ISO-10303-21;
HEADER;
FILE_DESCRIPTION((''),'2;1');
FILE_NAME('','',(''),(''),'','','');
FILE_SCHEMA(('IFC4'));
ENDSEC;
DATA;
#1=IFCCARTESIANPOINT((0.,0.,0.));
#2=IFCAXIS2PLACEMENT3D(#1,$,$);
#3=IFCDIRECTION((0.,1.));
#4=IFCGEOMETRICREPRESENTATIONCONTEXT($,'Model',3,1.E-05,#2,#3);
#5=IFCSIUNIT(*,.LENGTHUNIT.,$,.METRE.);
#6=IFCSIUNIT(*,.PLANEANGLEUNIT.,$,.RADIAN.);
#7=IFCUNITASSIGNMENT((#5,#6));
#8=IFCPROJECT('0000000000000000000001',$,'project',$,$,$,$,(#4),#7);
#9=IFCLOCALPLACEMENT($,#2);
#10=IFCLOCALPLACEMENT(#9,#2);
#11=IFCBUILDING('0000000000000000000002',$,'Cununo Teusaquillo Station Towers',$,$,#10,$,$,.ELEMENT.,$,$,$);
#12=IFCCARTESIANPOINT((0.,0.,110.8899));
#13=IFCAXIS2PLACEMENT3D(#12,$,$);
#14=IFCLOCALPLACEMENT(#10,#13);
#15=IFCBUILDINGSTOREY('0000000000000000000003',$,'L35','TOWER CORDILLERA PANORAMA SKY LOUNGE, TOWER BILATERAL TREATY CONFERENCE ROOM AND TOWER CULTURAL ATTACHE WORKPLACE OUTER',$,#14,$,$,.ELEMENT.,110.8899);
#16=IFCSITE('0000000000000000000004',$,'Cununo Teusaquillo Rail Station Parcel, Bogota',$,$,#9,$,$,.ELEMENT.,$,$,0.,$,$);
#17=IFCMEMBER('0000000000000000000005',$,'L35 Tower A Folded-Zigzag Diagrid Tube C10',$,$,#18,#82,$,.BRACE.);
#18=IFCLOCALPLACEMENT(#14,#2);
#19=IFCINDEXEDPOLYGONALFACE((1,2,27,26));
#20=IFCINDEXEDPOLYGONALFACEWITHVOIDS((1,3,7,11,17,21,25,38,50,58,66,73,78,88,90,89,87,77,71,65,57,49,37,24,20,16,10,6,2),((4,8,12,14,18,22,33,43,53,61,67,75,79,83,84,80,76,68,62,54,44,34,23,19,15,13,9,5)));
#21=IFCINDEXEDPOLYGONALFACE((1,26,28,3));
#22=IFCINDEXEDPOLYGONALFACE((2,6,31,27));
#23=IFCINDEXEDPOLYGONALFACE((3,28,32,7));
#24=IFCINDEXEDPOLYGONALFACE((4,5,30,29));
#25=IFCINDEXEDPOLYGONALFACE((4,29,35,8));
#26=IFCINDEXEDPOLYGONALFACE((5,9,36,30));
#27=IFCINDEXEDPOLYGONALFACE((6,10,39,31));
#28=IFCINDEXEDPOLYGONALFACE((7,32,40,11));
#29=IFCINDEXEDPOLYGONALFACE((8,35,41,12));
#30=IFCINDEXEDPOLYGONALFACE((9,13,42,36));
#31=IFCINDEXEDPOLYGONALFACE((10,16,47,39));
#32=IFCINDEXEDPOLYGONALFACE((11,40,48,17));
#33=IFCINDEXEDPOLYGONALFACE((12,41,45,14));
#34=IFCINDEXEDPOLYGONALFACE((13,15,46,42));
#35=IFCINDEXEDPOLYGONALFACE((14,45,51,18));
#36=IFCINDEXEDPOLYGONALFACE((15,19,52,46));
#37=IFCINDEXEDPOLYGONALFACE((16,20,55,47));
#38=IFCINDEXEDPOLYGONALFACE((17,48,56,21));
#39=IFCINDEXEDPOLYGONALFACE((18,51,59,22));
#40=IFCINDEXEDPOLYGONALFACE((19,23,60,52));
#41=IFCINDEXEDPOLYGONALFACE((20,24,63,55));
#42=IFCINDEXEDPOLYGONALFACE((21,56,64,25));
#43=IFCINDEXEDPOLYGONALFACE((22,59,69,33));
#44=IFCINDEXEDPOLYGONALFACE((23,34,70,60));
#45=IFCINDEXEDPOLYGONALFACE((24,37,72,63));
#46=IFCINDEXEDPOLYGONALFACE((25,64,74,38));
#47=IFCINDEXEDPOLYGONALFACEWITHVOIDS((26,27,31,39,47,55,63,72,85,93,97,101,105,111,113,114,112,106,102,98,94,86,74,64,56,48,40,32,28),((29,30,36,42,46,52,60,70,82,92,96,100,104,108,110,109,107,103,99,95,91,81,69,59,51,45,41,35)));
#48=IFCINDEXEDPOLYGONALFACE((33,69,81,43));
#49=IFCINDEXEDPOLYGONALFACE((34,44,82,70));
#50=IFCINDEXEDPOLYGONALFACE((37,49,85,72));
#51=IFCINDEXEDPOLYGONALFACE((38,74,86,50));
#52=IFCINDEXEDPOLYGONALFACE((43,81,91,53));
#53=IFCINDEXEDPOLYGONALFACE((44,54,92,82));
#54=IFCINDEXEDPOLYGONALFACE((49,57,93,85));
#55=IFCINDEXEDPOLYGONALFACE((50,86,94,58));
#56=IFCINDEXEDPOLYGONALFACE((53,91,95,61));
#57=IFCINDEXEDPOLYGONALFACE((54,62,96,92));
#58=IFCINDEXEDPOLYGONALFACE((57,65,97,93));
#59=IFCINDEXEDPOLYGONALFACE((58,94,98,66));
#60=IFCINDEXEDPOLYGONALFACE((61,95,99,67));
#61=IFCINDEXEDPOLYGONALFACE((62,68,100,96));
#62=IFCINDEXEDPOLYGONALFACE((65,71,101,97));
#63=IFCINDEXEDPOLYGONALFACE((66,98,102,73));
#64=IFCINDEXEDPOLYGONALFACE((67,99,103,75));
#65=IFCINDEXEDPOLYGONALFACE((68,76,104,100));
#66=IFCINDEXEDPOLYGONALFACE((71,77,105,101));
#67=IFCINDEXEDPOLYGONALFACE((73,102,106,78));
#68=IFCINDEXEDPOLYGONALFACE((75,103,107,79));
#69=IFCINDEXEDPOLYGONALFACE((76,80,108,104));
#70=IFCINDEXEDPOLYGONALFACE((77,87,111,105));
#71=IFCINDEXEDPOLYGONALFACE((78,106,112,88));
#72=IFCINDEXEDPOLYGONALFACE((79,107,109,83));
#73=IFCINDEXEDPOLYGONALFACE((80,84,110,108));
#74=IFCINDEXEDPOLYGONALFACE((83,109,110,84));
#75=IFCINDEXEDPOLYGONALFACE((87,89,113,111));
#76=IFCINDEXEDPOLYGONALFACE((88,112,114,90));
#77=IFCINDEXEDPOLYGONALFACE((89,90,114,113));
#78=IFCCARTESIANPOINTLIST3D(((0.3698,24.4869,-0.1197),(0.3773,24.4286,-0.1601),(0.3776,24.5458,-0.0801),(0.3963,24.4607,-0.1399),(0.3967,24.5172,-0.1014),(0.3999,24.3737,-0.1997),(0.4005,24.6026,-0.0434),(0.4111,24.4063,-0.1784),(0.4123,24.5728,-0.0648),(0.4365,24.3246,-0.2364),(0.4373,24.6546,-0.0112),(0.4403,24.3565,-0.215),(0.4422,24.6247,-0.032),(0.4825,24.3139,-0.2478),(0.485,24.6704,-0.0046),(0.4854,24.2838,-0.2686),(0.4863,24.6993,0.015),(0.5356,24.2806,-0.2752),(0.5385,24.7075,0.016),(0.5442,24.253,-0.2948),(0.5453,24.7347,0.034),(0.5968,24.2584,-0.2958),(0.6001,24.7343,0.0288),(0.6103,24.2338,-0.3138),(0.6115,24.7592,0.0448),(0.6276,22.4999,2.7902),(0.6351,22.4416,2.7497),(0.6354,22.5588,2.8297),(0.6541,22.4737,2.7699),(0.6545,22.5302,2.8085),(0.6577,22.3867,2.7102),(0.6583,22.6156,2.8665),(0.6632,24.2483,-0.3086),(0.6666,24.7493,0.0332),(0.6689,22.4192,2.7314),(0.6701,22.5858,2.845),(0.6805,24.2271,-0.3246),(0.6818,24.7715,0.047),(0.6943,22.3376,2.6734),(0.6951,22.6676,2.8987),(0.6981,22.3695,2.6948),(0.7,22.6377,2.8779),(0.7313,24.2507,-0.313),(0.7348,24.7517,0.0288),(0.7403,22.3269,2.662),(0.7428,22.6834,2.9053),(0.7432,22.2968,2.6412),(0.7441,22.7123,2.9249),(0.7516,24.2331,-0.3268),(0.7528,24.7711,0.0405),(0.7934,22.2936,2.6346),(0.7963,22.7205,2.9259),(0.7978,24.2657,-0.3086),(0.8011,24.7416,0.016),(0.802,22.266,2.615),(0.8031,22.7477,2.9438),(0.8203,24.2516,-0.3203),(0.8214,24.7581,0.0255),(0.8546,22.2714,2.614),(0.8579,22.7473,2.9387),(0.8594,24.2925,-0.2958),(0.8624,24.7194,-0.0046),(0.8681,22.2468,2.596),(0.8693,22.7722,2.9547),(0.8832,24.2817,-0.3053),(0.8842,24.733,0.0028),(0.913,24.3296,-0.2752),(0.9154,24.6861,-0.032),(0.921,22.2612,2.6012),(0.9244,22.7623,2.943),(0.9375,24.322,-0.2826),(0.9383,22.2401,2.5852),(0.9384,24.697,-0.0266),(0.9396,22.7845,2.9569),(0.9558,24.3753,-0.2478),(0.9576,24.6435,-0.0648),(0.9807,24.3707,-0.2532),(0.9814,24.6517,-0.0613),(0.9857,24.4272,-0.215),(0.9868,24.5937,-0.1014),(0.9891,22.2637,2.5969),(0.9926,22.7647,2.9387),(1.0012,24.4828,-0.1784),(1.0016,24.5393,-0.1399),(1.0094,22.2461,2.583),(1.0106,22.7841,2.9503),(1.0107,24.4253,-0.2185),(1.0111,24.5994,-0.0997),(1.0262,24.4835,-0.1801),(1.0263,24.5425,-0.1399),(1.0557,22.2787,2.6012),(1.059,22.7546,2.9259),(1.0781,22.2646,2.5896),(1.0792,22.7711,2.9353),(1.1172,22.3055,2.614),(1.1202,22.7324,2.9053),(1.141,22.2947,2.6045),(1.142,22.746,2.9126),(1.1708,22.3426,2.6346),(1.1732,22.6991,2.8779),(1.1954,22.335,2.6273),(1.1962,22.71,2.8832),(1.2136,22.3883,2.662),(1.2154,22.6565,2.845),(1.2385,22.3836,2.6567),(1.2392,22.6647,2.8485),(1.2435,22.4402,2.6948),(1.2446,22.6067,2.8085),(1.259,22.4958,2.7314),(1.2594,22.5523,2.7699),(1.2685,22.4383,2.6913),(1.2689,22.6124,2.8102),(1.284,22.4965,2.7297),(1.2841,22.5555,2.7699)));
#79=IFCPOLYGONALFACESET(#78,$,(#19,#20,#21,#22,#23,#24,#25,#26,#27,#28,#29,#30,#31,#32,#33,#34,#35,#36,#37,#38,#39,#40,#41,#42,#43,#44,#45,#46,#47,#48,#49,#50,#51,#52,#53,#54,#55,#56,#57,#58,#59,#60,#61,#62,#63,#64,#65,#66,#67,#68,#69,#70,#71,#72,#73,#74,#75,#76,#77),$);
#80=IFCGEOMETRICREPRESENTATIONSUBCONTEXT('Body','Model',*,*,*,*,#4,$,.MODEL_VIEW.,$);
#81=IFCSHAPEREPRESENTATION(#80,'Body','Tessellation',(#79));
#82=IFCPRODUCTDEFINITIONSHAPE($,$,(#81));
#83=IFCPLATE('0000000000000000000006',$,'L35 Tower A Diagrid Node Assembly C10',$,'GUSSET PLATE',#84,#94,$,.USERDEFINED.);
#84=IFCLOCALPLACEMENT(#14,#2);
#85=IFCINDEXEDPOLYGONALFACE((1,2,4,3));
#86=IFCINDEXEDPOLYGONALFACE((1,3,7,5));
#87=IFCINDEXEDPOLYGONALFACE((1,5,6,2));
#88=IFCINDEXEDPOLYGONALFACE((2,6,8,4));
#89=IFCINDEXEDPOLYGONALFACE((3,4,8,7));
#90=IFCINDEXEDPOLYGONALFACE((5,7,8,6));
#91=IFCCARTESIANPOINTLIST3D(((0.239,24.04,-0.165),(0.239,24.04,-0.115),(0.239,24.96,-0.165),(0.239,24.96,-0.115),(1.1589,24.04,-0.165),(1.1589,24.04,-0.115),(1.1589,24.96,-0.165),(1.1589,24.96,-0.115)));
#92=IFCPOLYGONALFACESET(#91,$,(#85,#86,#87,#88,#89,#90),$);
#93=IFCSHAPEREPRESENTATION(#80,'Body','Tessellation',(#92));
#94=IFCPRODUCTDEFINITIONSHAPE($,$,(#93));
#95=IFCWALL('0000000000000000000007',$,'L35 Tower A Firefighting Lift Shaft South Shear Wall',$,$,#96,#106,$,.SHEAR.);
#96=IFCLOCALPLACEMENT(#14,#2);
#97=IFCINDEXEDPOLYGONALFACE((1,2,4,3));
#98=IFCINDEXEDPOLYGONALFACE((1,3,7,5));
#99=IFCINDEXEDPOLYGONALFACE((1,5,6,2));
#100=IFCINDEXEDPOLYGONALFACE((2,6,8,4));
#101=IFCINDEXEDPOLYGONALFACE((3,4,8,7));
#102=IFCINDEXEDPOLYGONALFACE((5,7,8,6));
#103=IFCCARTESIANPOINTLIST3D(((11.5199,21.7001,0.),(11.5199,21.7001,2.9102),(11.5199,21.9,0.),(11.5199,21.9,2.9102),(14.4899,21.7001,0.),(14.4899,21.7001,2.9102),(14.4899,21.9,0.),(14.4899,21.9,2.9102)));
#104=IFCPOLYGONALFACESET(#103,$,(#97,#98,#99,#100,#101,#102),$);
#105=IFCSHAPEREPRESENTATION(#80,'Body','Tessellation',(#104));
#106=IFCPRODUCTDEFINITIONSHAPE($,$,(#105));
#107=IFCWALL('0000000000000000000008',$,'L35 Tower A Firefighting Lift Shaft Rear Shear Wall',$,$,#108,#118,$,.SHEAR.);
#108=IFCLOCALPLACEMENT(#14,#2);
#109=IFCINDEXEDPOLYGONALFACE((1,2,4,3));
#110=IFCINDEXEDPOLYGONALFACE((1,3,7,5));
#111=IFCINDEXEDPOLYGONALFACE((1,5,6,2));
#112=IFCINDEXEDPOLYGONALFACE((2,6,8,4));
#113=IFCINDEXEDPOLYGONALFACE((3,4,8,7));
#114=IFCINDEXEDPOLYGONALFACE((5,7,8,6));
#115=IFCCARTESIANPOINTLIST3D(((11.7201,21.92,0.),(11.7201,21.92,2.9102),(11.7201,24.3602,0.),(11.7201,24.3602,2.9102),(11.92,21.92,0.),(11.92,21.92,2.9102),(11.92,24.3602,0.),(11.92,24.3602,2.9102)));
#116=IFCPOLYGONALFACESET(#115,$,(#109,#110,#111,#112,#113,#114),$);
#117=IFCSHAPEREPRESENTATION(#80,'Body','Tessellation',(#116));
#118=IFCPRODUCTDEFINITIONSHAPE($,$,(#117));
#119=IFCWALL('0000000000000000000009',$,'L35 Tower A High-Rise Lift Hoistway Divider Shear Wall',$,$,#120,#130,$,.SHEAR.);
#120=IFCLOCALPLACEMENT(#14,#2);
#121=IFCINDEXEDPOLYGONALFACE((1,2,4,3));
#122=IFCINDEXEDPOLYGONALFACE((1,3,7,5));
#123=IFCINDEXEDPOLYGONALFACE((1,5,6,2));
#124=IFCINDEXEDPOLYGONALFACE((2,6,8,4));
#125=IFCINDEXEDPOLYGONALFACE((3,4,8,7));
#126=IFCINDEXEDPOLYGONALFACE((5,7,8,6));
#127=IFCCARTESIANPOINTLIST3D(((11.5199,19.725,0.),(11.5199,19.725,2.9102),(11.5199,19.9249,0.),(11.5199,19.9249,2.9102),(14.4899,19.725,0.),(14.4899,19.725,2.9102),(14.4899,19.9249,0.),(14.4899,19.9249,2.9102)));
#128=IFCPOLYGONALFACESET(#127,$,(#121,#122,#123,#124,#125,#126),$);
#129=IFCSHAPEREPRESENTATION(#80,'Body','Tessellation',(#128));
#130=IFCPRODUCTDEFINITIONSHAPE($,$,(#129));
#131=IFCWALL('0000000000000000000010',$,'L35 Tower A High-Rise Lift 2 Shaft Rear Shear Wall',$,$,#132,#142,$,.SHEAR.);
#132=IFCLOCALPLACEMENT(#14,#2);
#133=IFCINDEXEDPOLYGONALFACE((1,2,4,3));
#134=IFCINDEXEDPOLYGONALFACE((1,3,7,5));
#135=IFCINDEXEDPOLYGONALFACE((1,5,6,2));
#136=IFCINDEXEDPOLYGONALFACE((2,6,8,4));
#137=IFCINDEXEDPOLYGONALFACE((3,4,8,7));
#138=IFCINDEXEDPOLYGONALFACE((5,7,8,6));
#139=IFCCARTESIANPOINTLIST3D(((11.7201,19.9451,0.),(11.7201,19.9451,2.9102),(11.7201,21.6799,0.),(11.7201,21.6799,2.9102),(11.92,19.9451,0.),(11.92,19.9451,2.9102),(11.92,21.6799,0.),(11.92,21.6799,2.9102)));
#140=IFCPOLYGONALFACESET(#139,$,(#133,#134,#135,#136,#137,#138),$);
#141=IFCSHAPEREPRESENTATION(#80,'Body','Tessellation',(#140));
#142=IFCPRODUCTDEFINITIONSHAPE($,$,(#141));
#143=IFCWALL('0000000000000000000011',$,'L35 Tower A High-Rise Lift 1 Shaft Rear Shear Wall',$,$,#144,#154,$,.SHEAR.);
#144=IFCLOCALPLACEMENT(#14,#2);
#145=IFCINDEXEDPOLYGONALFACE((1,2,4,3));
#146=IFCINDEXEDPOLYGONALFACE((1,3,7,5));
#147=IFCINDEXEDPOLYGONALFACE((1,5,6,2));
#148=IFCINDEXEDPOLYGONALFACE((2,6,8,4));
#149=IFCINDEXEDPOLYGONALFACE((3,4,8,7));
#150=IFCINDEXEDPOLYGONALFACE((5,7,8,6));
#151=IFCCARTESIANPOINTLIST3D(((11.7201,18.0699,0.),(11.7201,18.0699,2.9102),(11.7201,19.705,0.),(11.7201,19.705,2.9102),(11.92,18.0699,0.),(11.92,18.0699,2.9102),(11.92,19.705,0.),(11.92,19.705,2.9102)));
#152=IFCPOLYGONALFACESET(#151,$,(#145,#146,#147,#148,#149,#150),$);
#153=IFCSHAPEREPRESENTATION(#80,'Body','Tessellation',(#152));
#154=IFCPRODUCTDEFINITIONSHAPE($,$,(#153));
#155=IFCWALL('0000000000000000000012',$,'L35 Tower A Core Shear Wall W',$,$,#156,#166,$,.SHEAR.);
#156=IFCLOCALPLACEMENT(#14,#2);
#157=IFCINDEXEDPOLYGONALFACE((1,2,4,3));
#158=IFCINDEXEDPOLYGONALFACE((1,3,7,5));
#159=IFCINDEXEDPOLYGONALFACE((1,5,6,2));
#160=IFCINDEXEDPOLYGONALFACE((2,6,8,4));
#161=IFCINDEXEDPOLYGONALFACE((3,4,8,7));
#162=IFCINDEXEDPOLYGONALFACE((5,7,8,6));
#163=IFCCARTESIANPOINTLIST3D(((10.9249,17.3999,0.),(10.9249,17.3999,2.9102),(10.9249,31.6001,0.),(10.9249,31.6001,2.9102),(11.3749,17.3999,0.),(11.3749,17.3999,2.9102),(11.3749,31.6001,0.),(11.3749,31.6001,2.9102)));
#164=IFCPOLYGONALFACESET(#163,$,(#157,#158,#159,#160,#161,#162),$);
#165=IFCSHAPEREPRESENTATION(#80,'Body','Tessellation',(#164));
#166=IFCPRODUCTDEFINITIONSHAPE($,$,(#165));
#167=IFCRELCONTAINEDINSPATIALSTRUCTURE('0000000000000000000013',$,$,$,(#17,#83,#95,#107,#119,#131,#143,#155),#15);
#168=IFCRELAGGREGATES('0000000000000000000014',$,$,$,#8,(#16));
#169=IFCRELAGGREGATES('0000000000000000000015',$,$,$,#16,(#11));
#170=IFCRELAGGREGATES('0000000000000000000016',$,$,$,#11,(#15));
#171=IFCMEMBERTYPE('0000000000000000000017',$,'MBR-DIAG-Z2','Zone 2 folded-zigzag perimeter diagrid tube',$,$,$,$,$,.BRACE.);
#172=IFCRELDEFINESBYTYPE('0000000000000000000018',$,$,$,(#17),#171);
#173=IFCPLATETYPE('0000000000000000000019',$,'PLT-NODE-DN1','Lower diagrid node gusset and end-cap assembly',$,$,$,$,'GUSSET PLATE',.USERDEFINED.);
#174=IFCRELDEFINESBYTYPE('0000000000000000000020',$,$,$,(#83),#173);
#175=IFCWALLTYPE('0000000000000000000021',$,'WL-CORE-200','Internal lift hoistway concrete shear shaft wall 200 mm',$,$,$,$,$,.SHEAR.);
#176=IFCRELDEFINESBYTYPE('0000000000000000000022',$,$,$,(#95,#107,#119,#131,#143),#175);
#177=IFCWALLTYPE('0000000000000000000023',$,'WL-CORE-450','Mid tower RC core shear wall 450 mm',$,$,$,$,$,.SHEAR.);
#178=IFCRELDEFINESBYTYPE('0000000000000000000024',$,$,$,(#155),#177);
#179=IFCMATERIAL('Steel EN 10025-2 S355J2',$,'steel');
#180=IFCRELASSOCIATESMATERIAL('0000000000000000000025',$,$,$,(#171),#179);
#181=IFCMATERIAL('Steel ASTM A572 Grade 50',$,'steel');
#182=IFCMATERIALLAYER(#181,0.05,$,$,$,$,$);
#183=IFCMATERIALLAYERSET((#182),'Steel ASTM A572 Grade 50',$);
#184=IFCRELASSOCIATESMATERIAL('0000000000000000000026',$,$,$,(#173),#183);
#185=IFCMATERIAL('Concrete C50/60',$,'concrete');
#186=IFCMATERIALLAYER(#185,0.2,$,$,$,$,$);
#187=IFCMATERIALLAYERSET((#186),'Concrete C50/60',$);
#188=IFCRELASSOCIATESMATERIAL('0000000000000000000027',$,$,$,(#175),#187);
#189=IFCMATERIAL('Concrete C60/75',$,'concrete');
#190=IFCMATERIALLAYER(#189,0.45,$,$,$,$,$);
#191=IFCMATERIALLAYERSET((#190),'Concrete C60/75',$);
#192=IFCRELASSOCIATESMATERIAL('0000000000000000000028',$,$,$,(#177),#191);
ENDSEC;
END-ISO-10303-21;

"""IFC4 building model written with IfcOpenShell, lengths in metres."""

from ifc_helpers import new_model, si_unit, direction, frame, frame_2d, origin, origin_2d, place, context, subcontext, project, spatial, rectangle, hollow_circle, extrude, source, transform, mapped, material, layer, layer_set, material_profile, profile_set, type_object, element, save


model = new_model("IFC4")

# Units and contexts
model_context = context("Model", 3, precision=1e-05, world=origin(), true_north=direction((0.0, 1.0)))
body_context = subcontext(model_context, "Body", "Model", "MODEL_VIEW")
ifc_project = project(units=[si_unit("LENGTHUNIT", "METRE"), si_unit("PLANEANGLEUNIT", "RADIAN")], contexts=[model_context])

# Site, building, storey
site_placement = place(None, origin())
site = spatial("IfcSite", under=ifc_project, at=site_placement, Name="Cununo Teusaquillo Rail Station Parcel, Bogota", CompositionType="ELEMENT", RefElevation=0.0)
building_placement = place(site_placement, origin())
building = spatial("IfcBuilding", under=site, at=building_placement, Name="Cununo Teusaquillo Station Towers", CompositionType="ELEMENT")
storey_placement = place(building_placement, frame((0.0, 0.0, 110.8899)))
storey = spatial("IfcBuildingStorey", under=building, at=storey_placement, Name="L35", Description="TOWER CORDILLERA PANORAMA SKY LOUNGE, TOWER BILATERAL TREATY CONFERENCE ROOM AND TOWER CULTURAL ATTACHE WORKPLACE OUTER", CompositionType="ELEMENT", Elevation=110.8899)

# Member
ifc_material_1 = material(Name="Steel EN 10025-2 S355J2", Category="steel")
ifc_material_profile_1 = material_profile(ifc_material_1, hollow_circle(Radius=0.3301, WallThickness=0.0249, at=origin_2d()), Name="CHS 660x25")
ifc_profile_set_1 = profile_set([ifc_material_profile_1], Name="Steel EN 10025-2 S355J2")
member_type = type_object("IfcMemberType", Name="MBR-DIAG-Z2", Description="Zone 2 folded-zigzag perimeter diagrid tube", PredefinedType="BRACE", material=ifc_profile_set_1)
member_placement = place(storey_placement, frame((0.699, 24.5, -0.1399), z_axis=(0.072972, -0.56242, 0.823625), x_axis=(0.991688, 0.128667, 0.0)))
element("IfcMember", 1, at=member_placement, inside=storey, type_object=member_type, Name="L35 Tower A Folded-Zigzag Diagrid Tube C10", PredefinedType="BRACE", context=body_context, shape_type="SweptSolid", body=[
    extrude(hollow_circle(Radius=0.3301, WallThickness=0.0249, at=origin_2d()), origin(), (0.0, 0.0, 1.0), 3.533),
])

# Plate
ifc_material_2 = material(Name="Steel ASTM A572 Grade 50", Category="steel")
ifc_layer_1 = layer(ifc_material_2, 0.05)
ifc_layer_set_1 = layer_set([ifc_layer_1], Name="Steel ASTM A572 Grade 50")
plate_type = type_object("IfcPlateType", Name="PLT-NODE-DN1", Description="Lower diagrid node gusset and end-cap assembly", ElementType="GUSSET PLATE", PredefinedType="USERDEFINED", material=ifc_layer_set_1)
shared_shape_1 = source(origin(), body_context, "Body", "SweptSolid", [
    extrude(rectangle(XDim=0.9199, YDim=0.9199, at=origin_2d()), origin(), (0.0, 0.0, 1.0), 0.05),
])
plate_placement = place(storey_placement, frame((0.699, 24.5, -0.165), z_axis=(0.0, 0.0, 1.0), x_axis=(1.0, 0.0, 0.0)))
element("IfcPlate", 2, at=plate_placement, inside=storey, type_object=plate_type, Name="L35 Tower A Diagrid Node Assembly C10", ObjectType="GUSSET PLATE", PredefinedType="USERDEFINED", context=body_context, shape_type="MappedRepresentation", body=[
    mapped(shared_shape_1, transform((0.0, 0.0, 0.0), x_axis=(1.0, 0.0, 0.0), y_axis=(0.0, 1.0, 0.0), z_axis=(0.0, 0.0, 1.0), scale=1.0)),
])

# Walls
ifc_material_3 = material(Name="Concrete C50/60", Category="concrete")
ifc_layer_2 = layer(ifc_material_3, 0.2)
ifc_layer_set_2 = layer_set([ifc_layer_2], Name="Concrete C50/60")
wall_type_1 = type_object("IfcWallType", Name="WL-CORE-200", Description="Internal lift hoistway concrete shear shaft wall 200 mm", PredefinedType="SHEAR", material=ifc_layer_set_2)
wall_1_placement = place(storey_placement, frame((11.52, 21.8, 0.0), z_axis=(0.0, 0.0, 1.0), x_axis=(1.0, 0.0, 0.0)))
element("IfcWall", 3, at=wall_1_placement, inside=storey, type_object=wall_type_1, Name="L35 Tower A Firefighting Lift Shaft South Shear Wall", PredefinedType="SHEAR", context=body_context, shape_type="SweptSolid", body=[
    extrude(rectangle(XDim=2.97, YDim=0.2, at=frame_2d((1.4849, 0.0))), origin(), (0.0, 0.0, 1.0), 2.9102),
])
wall_2_placement = place(storey_placement, frame((11.8201, 21.9199, 0.0), z_axis=(0.0, 0.0, 1.0), x_axis=(0.0, 1.0, 0.0)))
element("IfcWall", 4, at=wall_2_placement, inside=storey, type_object=wall_type_1, Name="L35 Tower A Firefighting Lift Shaft Rear Shear Wall", PredefinedType="SHEAR", context=body_context, shape_type="SweptSolid", body=[
    extrude(rectangle(XDim=2.4402, YDim=0.2, at=frame_2d((1.2202, 0.0))), origin(), (0.0, 0.0, 1.0), 2.9102),
])
wall_3_placement = place(storey_placement, frame((11.52, 19.825, 0.0), z_axis=(0.0, 0.0, 1.0), x_axis=(1.0, 0.0, 0.0)))
element("IfcWall", 5, at=wall_3_placement, inside=storey, type_object=wall_type_1, Name="L35 Tower A High-Rise Lift Hoistway Divider Shear Wall", PredefinedType="SHEAR", context=body_context, shape_type="SweptSolid", body=[
    extrude(rectangle(XDim=2.97, YDim=0.2, at=frame_2d((1.4849, 0.0))), origin(), (0.0, 0.0, 1.0), 2.9102),
])
wall_4_placement = place(storey_placement, frame((11.8201, 19.9451, 0.0), z_axis=(0.0, 0.0, 1.0), x_axis=(0.0, 1.0, 0.0)))
element("IfcWall", 6, at=wall_4_placement, inside=storey, type_object=wall_type_1, Name="L35 Tower A High-Rise Lift 2 Shaft Rear Shear Wall", PredefinedType="SHEAR", context=body_context, shape_type="SweptSolid", body=[
    extrude(rectangle(XDim=1.7349, YDim=0.2, at=frame_2d((0.8674, 0.0))), origin(), (0.0, 0.0, 1.0), 2.9102),
])
wall_5_placement = place(storey_placement, frame((11.8201, 18.0701, 0.0), z_axis=(0.0, 0.0, 1.0), x_axis=(0.0, 1.0, 0.0)))
element("IfcWall", 7, at=wall_5_placement, inside=storey, type_object=wall_type_1, Name="L35 Tower A High-Rise Lift 1 Shaft Rear Shear Wall", PredefinedType="SHEAR", context=body_context, shape_type="SweptSolid", body=[
    extrude(rectangle(XDim=1.635, YDim=0.2, at=frame_2d((0.8174, 0.0))), origin(), (0.0, 0.0, 1.0), 2.9102),
])
ifc_material_4 = material(Name="Concrete C60/75", Category="concrete")
ifc_layer_3 = layer(ifc_material_4, 0.45)
ifc_layer_set_3 = layer_set([ifc_layer_3], Name="Concrete C60/75")
wall_type_2 = type_object("IfcWallType", Name="WL-CORE-450", Description="Mid tower RC core shear wall 450 mm", PredefinedType="SHEAR", material=ifc_layer_set_3)
wall_6_placement = place(storey_placement, frame((11.1499, 17.3999, 0.0), z_axis=(0.0, 0.0, 1.0), x_axis=(0.0, 1.0, 0.0)))
element("IfcWall", 8, at=wall_6_placement, inside=storey, type_object=wall_type_2, Name="L35 Tower A Core Shear Wall W", PredefinedType="SHEAR", context=body_context, shape_type="SweptSolid", body=[
    extrude(rectangle(XDim=14.2002, YDim=0.45, at=frame_2d((7.1001, 0.0))), origin(), (0.0, 0.0, 1.0), 2.9102),
])

save(model, "model.ifc")
